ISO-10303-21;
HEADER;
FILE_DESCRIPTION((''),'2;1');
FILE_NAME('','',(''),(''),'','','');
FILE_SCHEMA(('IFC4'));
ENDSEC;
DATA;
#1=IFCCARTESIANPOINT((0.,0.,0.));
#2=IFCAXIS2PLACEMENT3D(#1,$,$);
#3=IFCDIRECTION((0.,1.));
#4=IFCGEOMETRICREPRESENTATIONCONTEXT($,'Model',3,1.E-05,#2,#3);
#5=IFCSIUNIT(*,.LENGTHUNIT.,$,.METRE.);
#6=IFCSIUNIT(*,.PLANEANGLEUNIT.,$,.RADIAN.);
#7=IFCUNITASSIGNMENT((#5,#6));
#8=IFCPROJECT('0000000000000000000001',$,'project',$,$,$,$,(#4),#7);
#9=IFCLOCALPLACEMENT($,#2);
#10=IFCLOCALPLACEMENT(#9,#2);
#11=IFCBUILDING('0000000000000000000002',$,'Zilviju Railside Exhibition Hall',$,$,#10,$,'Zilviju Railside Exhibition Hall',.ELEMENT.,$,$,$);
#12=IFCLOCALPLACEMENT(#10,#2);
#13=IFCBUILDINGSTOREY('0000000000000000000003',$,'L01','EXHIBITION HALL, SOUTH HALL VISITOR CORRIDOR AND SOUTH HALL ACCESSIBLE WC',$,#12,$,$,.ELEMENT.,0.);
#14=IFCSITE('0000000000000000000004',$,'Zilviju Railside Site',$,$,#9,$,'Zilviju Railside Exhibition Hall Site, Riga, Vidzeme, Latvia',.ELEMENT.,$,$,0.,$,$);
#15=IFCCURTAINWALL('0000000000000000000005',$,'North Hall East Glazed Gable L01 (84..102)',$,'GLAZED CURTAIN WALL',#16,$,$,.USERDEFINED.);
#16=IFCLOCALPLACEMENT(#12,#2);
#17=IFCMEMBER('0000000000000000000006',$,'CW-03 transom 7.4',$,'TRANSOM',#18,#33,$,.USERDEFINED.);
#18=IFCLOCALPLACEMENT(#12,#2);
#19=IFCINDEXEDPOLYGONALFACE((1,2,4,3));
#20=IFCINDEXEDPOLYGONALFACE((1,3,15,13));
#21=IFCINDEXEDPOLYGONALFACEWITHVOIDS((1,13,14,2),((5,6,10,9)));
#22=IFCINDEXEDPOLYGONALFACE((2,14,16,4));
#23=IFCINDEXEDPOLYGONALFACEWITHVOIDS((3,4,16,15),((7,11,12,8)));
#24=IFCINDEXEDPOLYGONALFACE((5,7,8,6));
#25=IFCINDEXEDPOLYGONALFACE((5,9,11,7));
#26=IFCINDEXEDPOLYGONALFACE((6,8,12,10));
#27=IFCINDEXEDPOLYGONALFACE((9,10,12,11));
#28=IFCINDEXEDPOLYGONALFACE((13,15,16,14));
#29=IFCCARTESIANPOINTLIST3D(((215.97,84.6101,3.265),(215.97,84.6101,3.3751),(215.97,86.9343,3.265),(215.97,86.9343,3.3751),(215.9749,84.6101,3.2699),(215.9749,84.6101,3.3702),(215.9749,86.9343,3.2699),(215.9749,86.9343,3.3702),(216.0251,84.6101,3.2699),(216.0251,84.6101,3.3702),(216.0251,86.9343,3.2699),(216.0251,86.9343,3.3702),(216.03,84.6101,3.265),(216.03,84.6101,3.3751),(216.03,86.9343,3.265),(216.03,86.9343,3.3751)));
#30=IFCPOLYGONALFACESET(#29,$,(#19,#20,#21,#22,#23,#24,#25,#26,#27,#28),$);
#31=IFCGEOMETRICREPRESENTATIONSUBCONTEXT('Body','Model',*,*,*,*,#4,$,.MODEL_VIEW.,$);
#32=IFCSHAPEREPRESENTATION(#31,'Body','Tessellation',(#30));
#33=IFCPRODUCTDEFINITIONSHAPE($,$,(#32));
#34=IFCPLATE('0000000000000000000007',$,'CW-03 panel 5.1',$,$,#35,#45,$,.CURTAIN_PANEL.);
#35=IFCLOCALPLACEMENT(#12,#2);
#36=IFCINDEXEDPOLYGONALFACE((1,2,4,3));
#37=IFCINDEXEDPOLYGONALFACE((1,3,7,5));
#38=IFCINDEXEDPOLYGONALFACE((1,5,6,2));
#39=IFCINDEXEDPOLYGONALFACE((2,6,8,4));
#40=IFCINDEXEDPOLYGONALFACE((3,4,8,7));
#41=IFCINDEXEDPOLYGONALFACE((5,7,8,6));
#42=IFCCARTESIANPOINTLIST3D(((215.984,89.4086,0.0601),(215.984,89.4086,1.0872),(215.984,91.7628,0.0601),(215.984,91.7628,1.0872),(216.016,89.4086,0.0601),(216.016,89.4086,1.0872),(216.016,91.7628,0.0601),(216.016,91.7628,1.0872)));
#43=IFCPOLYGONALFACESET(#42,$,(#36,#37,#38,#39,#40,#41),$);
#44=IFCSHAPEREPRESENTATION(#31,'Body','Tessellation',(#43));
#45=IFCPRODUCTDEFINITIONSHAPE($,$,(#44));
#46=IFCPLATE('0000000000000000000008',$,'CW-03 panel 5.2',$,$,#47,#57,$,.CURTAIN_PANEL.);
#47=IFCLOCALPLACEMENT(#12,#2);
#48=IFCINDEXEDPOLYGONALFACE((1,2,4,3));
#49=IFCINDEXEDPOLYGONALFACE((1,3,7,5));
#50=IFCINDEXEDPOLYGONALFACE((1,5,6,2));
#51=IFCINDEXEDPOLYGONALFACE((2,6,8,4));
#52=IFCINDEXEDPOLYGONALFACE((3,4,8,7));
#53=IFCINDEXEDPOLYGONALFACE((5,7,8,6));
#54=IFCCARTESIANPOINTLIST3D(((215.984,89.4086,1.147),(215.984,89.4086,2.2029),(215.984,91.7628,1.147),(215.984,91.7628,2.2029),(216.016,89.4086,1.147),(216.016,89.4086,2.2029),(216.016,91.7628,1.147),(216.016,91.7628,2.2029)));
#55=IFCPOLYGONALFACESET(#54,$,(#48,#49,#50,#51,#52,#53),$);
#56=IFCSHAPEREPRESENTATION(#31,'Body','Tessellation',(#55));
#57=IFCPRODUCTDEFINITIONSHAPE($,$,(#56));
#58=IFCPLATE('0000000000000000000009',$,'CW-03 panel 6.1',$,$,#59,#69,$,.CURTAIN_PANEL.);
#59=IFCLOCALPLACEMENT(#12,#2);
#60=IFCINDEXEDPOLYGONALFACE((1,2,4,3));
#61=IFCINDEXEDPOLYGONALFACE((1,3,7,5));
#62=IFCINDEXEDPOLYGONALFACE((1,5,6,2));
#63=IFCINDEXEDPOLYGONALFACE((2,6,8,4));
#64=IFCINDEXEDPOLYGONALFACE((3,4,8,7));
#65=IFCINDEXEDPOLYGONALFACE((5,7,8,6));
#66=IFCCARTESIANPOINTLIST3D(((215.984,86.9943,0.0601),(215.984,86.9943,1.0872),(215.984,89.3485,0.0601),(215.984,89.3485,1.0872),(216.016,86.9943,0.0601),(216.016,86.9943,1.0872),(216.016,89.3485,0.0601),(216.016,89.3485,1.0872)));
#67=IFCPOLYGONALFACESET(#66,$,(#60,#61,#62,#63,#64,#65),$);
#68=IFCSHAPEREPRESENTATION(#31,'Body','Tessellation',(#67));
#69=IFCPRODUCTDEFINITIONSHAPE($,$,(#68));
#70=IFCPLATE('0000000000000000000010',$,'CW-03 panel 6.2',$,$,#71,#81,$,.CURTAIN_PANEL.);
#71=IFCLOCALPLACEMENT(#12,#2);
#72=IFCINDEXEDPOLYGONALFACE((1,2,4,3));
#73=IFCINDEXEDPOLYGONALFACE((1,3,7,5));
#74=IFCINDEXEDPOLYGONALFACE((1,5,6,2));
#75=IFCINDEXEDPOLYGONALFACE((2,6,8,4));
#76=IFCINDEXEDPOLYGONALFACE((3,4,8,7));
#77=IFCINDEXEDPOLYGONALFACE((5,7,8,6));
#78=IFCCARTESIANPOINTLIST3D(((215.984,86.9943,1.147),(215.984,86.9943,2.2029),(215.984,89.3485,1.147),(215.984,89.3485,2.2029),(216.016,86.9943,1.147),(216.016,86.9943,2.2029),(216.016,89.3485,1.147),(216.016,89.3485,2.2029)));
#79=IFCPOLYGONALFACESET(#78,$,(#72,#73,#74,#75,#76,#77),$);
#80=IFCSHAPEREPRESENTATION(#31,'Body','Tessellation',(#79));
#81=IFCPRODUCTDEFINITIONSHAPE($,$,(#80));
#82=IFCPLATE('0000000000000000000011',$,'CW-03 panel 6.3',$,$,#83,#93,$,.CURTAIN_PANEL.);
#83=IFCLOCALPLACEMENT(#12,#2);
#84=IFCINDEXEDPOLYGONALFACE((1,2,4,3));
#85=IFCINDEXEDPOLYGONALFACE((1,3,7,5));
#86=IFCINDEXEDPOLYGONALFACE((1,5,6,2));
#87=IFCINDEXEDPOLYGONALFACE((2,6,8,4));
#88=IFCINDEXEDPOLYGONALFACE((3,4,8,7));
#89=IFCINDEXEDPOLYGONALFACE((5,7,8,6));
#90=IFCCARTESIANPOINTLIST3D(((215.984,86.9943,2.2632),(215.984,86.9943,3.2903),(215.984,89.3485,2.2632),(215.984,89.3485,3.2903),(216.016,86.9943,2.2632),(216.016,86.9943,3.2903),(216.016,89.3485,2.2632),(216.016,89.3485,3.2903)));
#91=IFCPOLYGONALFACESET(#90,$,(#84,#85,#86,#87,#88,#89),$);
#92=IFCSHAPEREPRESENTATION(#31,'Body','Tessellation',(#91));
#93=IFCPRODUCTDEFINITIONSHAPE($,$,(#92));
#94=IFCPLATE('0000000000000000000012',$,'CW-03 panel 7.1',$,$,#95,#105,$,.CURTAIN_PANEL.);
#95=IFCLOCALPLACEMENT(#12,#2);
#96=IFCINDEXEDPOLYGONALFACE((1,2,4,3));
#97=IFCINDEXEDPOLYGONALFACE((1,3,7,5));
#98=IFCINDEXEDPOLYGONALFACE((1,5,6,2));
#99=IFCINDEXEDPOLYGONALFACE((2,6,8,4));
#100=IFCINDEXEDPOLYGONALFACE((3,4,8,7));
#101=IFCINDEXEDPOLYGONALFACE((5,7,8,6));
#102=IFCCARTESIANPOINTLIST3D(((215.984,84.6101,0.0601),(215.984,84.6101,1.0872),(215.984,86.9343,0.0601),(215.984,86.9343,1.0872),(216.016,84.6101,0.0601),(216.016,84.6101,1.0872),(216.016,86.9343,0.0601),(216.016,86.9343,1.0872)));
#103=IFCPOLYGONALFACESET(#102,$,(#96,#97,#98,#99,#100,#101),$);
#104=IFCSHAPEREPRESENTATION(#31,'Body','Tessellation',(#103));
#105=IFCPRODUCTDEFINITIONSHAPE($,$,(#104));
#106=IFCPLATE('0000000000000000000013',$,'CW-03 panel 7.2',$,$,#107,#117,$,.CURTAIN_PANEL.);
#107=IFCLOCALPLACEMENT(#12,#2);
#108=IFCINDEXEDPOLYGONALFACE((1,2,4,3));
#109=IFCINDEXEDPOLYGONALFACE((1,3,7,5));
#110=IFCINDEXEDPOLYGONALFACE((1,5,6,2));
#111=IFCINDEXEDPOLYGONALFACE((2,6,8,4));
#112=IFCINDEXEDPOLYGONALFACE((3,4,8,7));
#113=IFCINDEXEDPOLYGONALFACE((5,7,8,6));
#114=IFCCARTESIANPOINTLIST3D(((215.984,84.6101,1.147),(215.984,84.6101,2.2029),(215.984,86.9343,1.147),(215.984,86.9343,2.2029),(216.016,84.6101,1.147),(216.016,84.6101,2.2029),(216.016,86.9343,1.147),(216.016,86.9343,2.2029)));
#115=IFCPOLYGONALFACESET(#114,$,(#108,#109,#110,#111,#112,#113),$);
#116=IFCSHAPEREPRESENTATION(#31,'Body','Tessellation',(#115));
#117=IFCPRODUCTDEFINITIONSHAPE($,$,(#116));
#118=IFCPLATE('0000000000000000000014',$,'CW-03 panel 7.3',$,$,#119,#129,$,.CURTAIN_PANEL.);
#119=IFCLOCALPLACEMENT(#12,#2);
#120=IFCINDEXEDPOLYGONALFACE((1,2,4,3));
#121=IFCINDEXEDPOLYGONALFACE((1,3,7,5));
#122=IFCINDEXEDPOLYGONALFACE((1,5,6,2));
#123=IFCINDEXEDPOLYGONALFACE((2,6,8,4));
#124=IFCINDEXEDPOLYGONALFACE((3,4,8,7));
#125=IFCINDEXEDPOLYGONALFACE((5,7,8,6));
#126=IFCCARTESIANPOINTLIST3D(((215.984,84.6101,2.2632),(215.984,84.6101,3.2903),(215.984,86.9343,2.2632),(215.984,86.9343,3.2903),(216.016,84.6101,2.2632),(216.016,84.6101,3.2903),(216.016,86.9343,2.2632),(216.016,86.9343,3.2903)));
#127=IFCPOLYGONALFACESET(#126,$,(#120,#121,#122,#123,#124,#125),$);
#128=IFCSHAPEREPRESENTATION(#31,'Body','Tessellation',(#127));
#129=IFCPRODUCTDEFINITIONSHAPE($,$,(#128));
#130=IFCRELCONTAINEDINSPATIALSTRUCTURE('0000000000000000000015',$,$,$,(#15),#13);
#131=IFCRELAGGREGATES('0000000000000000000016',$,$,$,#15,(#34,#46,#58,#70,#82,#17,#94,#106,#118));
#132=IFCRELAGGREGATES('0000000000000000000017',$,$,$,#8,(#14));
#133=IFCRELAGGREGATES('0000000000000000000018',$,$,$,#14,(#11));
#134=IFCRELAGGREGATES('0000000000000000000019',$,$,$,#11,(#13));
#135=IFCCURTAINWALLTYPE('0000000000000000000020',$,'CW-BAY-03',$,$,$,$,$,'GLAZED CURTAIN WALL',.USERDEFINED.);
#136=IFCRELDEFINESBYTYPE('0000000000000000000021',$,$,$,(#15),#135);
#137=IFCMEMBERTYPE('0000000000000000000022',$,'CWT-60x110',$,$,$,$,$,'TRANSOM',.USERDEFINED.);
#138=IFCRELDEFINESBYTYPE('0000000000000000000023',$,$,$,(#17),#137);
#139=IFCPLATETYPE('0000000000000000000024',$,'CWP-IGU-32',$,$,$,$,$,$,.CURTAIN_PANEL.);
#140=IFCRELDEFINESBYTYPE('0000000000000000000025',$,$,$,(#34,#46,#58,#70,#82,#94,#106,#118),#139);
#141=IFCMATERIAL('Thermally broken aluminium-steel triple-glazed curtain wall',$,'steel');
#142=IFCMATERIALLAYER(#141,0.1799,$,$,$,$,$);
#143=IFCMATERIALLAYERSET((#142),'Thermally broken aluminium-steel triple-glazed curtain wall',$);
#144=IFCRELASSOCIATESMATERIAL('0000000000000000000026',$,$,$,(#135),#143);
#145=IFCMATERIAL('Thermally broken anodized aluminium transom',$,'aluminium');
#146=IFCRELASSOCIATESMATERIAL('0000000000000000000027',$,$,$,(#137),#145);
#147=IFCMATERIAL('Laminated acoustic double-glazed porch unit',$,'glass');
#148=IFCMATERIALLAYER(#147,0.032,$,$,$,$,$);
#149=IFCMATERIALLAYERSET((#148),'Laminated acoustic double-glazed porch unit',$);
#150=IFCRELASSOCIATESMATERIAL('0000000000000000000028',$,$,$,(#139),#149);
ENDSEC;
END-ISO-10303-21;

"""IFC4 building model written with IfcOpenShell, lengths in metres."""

from ifc_helpers import new_model, si_unit, direction, frame, origin, origin_2d, place, context, subcontext, project, spatial, rectangle, hollow_rectangle, extrude, material, layer, layer_set, material_profile, profile_set, type_object, element, aggregate, save


model = new_model("IFC4")

# Units and contexts
model_context = context("Model", 3, precision=1e-05, world=origin(), true_north=direction((0.0, 1.0)))
body_context = subcontext(model_context, "Body", "Model", "MODEL_VIEW")
ifc_project = project(units=[si_unit("LENGTHUNIT", "METRE"), si_unit("PLANEANGLEUNIT", "RADIAN")], contexts=[model_context])

# Site, building, storey
site_placement = place(None, origin())
site = spatial("IfcSite", under=ifc_project, at=site_placement, Name="Zilviju Railside Site", LongName="Zilviju Railside Exhibition Hall Site, Riga, Vidzeme, Latvia", CompositionType="ELEMENT", RefElevation=0.0)
building_placement = place(site_placement, origin())
building = spatial("IfcBuilding", under=site, at=building_placement, Name="Zilviju Railside Exhibition Hall", LongName="Zilviju Railside Exhibition Hall", CompositionType="ELEMENT")
storey_placement = place(building_placement, origin())
storey = spatial("IfcBuildingStorey", under=building, at=storey_placement, Name="L01", Description="EXHIBITION HALL, SOUTH HALL VISITOR CORRIDOR AND SOUTH HALL ACCESSIBLE WC", CompositionType="ELEMENT", Elevation=0.0)

# Curtain wall, member, plates
ifc_material_1 = material(Name="Thermally broken aluminium-steel triple-glazed curtain wall", Category="steel")
ifc_layer_1 = layer(ifc_material_1, 0.1799)
ifc_layer_set_1 = layer_set([ifc_layer_1], Name="Thermally broken aluminium-steel triple-glazed curtain wall")
curtain_wall_type = type_object("IfcCurtainWallType", Name="CW-BAY-03", ElementType="GLAZED CURTAIN WALL", PredefinedType="USERDEFINED", material=ifc_layer_set_1)
curtain_wall_placement = place(storey_placement, origin())
curtain_wall = element("IfcCurtainWall", 1, at=curtain_wall_placement, inside=storey, type_object=curtain_wall_type, Name="North Hall East Glazed Gable L01 (84..102)", ObjectType="GLAZED CURTAIN WALL", PredefinedType="USERDEFINED")
ifc_material_2 = material(Name="Thermally broken anodized aluminium transom", Category="aluminium")
ifc_material_profile_1 = material_profile(ifc_material_2, hollow_rectangle(XDim=0.0601, YDim=0.1101, WallThickness=0.0049, at=origin_2d()), Name="TRANSOM 110x60x5")
ifc_profile_set_1 = profile_set([ifc_material_profile_1], Name="Thermally broken anodized aluminium transom")
member_type_1 = type_object("IfcMemberType", Name="CWT-60x110", ElementType="TRANSOM", PredefinedType="USERDEFINED", material=ifc_profile_set_1)
member_1_placement = place(storey_placement, frame((216.0, 86.9343, 3.3201), z_axis=(0.0, -1.0, 0.0), x_axis=(1.0, 0.0, 0.0)))
member_1 = element("IfcMember", 2, at=member_1_placement, type_object=member_type_1, Name="CW-03 transom 7.4", ObjectType="TRANSOM", PredefinedType="USERDEFINED", context=body_context, shape_type="SweptSolid", body=[
    extrude(hollow_rectangle(XDim=0.0601, YDim=0.1101, WallThickness=0.0049, at=origin_2d()), origin(), (0.0, 0.0, 1.0), 2.3242),
])
ifc_material_3 = material(Name="Laminated acoustic double-glazed porch unit", Category="glass")
ifc_layer_2 = layer(ifc_material_3, 0.032)
ifc_layer_set_2 = layer_set([ifc_layer_2], Name="Laminated acoustic double-glazed porch unit")
plate_type = type_object("IfcPlateType", Name="CWP-IGU-32", PredefinedType="CURTAIN_PANEL", material=ifc_layer_set_2)
plate_1_placement = place(storey_placement, frame((216.0, 90.5857, 0.0601), z_axis=(0.0, 0.0, 1.0), x_axis=(0.0, -1.0, 0.0)))
plate_1 = element("IfcPlate", 3, at=plate_1_placement, type_object=plate_type, Name="CW-03 panel 5.1", PredefinedType="CURTAIN_PANEL", context=body_context, shape_type="SweptSolid", body=[
    extrude(rectangle(XDim=2.3542, YDim=0.032, at=origin_2d()), origin(), (0.0, 0.0, 1.0), 1.0271),
])
plate_2_placement = place(storey_placement, frame((216.0, 90.5857, 1.147), z_axis=(0.0, 0.0, 1.0), x_axis=(0.0, -1.0, 0.0)))
plate_2 = element("IfcPlate", 4, at=plate_2_placement, type_object=plate_type, Name="CW-03 panel 5.2", PredefinedType="CURTAIN_PANEL", context=body_context, shape_type="SweptSolid", body=[
    extrude(rectangle(XDim=2.3542, YDim=0.032, at=origin_2d()), origin(), (0.0, 0.0, 1.0), 1.0559),
])
plate_3_placement = place(storey_placement, frame((216.0, 88.1714, 0.0601), z_axis=(0.0, 0.0, 1.0), x_axis=(0.0, -1.0, 0.0)))
plate_3 = element("IfcPlate", 5, at=plate_3_placement, type_object=plate_type, Name="CW-03 panel 6.1", PredefinedType="CURTAIN_PANEL", context=body_context, shape_type="SweptSolid", body=[
    extrude(rectangle(XDim=2.3542, YDim=0.032, at=origin_2d()), origin(), (0.0, 0.0, 1.0), 1.0271),
])
plate_4_placement = place(storey_placement, frame((216.0, 88.1714, 1.147), z_axis=(0.0, 0.0, 1.0), x_axis=(0.0, -1.0, 0.0)))
plate_4 = element("IfcPlate", 6, at=plate_4_placement, type_object=plate_type, Name="CW-03 panel 6.2", PredefinedType="CURTAIN_PANEL", context=body_context, shape_type="SweptSolid", body=[
    extrude(rectangle(XDim=2.3542, YDim=0.032, at=origin_2d()), origin(), (0.0, 0.0, 1.0), 1.0559),
])
plate_5_placement = place(storey_placement, frame((216.0, 88.1714, 2.2632), z_axis=(0.0, 0.0, 1.0), x_axis=(0.0, -1.0, 0.0)))
plate_5 = element("IfcPlate", 7, at=plate_5_placement, type_object=plate_type, Name="CW-03 panel 6.3", PredefinedType="CURTAIN_PANEL", context=body_context, shape_type="SweptSolid", body=[
    extrude(rectangle(XDim=2.3542, YDim=0.032, at=origin_2d()), origin(), (0.0, 0.0, 1.0), 1.0271),
])
plate_6_placement = place(storey_placement, frame((216.0, 85.7722, 0.0601), z_axis=(0.0, 0.0, 1.0), x_axis=(0.0, -1.0, 0.0)))
plate_6 = element("IfcPlate", 8, at=plate_6_placement, type_object=plate_type, Name="CW-03 panel 7.1", PredefinedType="CURTAIN_PANEL", context=body_context, shape_type="SweptSolid", body=[
    extrude(rectangle(XDim=2.3242, YDim=0.032, at=origin_2d()), origin(), (0.0, 0.0, 1.0), 1.0271),
])
plate_7_placement = place(storey_placement, frame((216.0, 85.7722, 1.147), z_axis=(0.0, 0.0, 1.0), x_axis=(0.0, -1.0, 0.0)))
plate_7 = element("IfcPlate", 9, at=plate_7_placement, type_object=plate_type, Name="CW-03 panel 7.2", PredefinedType="CURTAIN_PANEL", context=body_context, shape_type="SweptSolid", body=[
    extrude(rectangle(XDim=2.3242, YDim=0.032, at=origin_2d()), origin(), (0.0, 0.0, 1.0), 1.0559),
])
plate_8_placement = place(storey_placement, frame((216.0, 85.7722, 2.2632), z_axis=(0.0, 0.0, 1.0), x_axis=(0.0, -1.0, 0.0)))
plate_8 = element("IfcPlate", 10, at=plate_8_placement, type_object=plate_type, Name="CW-03 panel 7.3", PredefinedType="CURTAIN_PANEL", context=body_context, shape_type="SweptSolid", body=[
    extrude(rectangle(XDim=2.3242, YDim=0.032, at=origin_2d()), origin(), (0.0, 0.0, 1.0), 1.0271),
])
aggregate(curtain_wall, [plate_1, plate_2, plate_3, plate_4, plate_5, member_1, plate_6, plate_7, plate_8])

save(model, "model.ifc")
